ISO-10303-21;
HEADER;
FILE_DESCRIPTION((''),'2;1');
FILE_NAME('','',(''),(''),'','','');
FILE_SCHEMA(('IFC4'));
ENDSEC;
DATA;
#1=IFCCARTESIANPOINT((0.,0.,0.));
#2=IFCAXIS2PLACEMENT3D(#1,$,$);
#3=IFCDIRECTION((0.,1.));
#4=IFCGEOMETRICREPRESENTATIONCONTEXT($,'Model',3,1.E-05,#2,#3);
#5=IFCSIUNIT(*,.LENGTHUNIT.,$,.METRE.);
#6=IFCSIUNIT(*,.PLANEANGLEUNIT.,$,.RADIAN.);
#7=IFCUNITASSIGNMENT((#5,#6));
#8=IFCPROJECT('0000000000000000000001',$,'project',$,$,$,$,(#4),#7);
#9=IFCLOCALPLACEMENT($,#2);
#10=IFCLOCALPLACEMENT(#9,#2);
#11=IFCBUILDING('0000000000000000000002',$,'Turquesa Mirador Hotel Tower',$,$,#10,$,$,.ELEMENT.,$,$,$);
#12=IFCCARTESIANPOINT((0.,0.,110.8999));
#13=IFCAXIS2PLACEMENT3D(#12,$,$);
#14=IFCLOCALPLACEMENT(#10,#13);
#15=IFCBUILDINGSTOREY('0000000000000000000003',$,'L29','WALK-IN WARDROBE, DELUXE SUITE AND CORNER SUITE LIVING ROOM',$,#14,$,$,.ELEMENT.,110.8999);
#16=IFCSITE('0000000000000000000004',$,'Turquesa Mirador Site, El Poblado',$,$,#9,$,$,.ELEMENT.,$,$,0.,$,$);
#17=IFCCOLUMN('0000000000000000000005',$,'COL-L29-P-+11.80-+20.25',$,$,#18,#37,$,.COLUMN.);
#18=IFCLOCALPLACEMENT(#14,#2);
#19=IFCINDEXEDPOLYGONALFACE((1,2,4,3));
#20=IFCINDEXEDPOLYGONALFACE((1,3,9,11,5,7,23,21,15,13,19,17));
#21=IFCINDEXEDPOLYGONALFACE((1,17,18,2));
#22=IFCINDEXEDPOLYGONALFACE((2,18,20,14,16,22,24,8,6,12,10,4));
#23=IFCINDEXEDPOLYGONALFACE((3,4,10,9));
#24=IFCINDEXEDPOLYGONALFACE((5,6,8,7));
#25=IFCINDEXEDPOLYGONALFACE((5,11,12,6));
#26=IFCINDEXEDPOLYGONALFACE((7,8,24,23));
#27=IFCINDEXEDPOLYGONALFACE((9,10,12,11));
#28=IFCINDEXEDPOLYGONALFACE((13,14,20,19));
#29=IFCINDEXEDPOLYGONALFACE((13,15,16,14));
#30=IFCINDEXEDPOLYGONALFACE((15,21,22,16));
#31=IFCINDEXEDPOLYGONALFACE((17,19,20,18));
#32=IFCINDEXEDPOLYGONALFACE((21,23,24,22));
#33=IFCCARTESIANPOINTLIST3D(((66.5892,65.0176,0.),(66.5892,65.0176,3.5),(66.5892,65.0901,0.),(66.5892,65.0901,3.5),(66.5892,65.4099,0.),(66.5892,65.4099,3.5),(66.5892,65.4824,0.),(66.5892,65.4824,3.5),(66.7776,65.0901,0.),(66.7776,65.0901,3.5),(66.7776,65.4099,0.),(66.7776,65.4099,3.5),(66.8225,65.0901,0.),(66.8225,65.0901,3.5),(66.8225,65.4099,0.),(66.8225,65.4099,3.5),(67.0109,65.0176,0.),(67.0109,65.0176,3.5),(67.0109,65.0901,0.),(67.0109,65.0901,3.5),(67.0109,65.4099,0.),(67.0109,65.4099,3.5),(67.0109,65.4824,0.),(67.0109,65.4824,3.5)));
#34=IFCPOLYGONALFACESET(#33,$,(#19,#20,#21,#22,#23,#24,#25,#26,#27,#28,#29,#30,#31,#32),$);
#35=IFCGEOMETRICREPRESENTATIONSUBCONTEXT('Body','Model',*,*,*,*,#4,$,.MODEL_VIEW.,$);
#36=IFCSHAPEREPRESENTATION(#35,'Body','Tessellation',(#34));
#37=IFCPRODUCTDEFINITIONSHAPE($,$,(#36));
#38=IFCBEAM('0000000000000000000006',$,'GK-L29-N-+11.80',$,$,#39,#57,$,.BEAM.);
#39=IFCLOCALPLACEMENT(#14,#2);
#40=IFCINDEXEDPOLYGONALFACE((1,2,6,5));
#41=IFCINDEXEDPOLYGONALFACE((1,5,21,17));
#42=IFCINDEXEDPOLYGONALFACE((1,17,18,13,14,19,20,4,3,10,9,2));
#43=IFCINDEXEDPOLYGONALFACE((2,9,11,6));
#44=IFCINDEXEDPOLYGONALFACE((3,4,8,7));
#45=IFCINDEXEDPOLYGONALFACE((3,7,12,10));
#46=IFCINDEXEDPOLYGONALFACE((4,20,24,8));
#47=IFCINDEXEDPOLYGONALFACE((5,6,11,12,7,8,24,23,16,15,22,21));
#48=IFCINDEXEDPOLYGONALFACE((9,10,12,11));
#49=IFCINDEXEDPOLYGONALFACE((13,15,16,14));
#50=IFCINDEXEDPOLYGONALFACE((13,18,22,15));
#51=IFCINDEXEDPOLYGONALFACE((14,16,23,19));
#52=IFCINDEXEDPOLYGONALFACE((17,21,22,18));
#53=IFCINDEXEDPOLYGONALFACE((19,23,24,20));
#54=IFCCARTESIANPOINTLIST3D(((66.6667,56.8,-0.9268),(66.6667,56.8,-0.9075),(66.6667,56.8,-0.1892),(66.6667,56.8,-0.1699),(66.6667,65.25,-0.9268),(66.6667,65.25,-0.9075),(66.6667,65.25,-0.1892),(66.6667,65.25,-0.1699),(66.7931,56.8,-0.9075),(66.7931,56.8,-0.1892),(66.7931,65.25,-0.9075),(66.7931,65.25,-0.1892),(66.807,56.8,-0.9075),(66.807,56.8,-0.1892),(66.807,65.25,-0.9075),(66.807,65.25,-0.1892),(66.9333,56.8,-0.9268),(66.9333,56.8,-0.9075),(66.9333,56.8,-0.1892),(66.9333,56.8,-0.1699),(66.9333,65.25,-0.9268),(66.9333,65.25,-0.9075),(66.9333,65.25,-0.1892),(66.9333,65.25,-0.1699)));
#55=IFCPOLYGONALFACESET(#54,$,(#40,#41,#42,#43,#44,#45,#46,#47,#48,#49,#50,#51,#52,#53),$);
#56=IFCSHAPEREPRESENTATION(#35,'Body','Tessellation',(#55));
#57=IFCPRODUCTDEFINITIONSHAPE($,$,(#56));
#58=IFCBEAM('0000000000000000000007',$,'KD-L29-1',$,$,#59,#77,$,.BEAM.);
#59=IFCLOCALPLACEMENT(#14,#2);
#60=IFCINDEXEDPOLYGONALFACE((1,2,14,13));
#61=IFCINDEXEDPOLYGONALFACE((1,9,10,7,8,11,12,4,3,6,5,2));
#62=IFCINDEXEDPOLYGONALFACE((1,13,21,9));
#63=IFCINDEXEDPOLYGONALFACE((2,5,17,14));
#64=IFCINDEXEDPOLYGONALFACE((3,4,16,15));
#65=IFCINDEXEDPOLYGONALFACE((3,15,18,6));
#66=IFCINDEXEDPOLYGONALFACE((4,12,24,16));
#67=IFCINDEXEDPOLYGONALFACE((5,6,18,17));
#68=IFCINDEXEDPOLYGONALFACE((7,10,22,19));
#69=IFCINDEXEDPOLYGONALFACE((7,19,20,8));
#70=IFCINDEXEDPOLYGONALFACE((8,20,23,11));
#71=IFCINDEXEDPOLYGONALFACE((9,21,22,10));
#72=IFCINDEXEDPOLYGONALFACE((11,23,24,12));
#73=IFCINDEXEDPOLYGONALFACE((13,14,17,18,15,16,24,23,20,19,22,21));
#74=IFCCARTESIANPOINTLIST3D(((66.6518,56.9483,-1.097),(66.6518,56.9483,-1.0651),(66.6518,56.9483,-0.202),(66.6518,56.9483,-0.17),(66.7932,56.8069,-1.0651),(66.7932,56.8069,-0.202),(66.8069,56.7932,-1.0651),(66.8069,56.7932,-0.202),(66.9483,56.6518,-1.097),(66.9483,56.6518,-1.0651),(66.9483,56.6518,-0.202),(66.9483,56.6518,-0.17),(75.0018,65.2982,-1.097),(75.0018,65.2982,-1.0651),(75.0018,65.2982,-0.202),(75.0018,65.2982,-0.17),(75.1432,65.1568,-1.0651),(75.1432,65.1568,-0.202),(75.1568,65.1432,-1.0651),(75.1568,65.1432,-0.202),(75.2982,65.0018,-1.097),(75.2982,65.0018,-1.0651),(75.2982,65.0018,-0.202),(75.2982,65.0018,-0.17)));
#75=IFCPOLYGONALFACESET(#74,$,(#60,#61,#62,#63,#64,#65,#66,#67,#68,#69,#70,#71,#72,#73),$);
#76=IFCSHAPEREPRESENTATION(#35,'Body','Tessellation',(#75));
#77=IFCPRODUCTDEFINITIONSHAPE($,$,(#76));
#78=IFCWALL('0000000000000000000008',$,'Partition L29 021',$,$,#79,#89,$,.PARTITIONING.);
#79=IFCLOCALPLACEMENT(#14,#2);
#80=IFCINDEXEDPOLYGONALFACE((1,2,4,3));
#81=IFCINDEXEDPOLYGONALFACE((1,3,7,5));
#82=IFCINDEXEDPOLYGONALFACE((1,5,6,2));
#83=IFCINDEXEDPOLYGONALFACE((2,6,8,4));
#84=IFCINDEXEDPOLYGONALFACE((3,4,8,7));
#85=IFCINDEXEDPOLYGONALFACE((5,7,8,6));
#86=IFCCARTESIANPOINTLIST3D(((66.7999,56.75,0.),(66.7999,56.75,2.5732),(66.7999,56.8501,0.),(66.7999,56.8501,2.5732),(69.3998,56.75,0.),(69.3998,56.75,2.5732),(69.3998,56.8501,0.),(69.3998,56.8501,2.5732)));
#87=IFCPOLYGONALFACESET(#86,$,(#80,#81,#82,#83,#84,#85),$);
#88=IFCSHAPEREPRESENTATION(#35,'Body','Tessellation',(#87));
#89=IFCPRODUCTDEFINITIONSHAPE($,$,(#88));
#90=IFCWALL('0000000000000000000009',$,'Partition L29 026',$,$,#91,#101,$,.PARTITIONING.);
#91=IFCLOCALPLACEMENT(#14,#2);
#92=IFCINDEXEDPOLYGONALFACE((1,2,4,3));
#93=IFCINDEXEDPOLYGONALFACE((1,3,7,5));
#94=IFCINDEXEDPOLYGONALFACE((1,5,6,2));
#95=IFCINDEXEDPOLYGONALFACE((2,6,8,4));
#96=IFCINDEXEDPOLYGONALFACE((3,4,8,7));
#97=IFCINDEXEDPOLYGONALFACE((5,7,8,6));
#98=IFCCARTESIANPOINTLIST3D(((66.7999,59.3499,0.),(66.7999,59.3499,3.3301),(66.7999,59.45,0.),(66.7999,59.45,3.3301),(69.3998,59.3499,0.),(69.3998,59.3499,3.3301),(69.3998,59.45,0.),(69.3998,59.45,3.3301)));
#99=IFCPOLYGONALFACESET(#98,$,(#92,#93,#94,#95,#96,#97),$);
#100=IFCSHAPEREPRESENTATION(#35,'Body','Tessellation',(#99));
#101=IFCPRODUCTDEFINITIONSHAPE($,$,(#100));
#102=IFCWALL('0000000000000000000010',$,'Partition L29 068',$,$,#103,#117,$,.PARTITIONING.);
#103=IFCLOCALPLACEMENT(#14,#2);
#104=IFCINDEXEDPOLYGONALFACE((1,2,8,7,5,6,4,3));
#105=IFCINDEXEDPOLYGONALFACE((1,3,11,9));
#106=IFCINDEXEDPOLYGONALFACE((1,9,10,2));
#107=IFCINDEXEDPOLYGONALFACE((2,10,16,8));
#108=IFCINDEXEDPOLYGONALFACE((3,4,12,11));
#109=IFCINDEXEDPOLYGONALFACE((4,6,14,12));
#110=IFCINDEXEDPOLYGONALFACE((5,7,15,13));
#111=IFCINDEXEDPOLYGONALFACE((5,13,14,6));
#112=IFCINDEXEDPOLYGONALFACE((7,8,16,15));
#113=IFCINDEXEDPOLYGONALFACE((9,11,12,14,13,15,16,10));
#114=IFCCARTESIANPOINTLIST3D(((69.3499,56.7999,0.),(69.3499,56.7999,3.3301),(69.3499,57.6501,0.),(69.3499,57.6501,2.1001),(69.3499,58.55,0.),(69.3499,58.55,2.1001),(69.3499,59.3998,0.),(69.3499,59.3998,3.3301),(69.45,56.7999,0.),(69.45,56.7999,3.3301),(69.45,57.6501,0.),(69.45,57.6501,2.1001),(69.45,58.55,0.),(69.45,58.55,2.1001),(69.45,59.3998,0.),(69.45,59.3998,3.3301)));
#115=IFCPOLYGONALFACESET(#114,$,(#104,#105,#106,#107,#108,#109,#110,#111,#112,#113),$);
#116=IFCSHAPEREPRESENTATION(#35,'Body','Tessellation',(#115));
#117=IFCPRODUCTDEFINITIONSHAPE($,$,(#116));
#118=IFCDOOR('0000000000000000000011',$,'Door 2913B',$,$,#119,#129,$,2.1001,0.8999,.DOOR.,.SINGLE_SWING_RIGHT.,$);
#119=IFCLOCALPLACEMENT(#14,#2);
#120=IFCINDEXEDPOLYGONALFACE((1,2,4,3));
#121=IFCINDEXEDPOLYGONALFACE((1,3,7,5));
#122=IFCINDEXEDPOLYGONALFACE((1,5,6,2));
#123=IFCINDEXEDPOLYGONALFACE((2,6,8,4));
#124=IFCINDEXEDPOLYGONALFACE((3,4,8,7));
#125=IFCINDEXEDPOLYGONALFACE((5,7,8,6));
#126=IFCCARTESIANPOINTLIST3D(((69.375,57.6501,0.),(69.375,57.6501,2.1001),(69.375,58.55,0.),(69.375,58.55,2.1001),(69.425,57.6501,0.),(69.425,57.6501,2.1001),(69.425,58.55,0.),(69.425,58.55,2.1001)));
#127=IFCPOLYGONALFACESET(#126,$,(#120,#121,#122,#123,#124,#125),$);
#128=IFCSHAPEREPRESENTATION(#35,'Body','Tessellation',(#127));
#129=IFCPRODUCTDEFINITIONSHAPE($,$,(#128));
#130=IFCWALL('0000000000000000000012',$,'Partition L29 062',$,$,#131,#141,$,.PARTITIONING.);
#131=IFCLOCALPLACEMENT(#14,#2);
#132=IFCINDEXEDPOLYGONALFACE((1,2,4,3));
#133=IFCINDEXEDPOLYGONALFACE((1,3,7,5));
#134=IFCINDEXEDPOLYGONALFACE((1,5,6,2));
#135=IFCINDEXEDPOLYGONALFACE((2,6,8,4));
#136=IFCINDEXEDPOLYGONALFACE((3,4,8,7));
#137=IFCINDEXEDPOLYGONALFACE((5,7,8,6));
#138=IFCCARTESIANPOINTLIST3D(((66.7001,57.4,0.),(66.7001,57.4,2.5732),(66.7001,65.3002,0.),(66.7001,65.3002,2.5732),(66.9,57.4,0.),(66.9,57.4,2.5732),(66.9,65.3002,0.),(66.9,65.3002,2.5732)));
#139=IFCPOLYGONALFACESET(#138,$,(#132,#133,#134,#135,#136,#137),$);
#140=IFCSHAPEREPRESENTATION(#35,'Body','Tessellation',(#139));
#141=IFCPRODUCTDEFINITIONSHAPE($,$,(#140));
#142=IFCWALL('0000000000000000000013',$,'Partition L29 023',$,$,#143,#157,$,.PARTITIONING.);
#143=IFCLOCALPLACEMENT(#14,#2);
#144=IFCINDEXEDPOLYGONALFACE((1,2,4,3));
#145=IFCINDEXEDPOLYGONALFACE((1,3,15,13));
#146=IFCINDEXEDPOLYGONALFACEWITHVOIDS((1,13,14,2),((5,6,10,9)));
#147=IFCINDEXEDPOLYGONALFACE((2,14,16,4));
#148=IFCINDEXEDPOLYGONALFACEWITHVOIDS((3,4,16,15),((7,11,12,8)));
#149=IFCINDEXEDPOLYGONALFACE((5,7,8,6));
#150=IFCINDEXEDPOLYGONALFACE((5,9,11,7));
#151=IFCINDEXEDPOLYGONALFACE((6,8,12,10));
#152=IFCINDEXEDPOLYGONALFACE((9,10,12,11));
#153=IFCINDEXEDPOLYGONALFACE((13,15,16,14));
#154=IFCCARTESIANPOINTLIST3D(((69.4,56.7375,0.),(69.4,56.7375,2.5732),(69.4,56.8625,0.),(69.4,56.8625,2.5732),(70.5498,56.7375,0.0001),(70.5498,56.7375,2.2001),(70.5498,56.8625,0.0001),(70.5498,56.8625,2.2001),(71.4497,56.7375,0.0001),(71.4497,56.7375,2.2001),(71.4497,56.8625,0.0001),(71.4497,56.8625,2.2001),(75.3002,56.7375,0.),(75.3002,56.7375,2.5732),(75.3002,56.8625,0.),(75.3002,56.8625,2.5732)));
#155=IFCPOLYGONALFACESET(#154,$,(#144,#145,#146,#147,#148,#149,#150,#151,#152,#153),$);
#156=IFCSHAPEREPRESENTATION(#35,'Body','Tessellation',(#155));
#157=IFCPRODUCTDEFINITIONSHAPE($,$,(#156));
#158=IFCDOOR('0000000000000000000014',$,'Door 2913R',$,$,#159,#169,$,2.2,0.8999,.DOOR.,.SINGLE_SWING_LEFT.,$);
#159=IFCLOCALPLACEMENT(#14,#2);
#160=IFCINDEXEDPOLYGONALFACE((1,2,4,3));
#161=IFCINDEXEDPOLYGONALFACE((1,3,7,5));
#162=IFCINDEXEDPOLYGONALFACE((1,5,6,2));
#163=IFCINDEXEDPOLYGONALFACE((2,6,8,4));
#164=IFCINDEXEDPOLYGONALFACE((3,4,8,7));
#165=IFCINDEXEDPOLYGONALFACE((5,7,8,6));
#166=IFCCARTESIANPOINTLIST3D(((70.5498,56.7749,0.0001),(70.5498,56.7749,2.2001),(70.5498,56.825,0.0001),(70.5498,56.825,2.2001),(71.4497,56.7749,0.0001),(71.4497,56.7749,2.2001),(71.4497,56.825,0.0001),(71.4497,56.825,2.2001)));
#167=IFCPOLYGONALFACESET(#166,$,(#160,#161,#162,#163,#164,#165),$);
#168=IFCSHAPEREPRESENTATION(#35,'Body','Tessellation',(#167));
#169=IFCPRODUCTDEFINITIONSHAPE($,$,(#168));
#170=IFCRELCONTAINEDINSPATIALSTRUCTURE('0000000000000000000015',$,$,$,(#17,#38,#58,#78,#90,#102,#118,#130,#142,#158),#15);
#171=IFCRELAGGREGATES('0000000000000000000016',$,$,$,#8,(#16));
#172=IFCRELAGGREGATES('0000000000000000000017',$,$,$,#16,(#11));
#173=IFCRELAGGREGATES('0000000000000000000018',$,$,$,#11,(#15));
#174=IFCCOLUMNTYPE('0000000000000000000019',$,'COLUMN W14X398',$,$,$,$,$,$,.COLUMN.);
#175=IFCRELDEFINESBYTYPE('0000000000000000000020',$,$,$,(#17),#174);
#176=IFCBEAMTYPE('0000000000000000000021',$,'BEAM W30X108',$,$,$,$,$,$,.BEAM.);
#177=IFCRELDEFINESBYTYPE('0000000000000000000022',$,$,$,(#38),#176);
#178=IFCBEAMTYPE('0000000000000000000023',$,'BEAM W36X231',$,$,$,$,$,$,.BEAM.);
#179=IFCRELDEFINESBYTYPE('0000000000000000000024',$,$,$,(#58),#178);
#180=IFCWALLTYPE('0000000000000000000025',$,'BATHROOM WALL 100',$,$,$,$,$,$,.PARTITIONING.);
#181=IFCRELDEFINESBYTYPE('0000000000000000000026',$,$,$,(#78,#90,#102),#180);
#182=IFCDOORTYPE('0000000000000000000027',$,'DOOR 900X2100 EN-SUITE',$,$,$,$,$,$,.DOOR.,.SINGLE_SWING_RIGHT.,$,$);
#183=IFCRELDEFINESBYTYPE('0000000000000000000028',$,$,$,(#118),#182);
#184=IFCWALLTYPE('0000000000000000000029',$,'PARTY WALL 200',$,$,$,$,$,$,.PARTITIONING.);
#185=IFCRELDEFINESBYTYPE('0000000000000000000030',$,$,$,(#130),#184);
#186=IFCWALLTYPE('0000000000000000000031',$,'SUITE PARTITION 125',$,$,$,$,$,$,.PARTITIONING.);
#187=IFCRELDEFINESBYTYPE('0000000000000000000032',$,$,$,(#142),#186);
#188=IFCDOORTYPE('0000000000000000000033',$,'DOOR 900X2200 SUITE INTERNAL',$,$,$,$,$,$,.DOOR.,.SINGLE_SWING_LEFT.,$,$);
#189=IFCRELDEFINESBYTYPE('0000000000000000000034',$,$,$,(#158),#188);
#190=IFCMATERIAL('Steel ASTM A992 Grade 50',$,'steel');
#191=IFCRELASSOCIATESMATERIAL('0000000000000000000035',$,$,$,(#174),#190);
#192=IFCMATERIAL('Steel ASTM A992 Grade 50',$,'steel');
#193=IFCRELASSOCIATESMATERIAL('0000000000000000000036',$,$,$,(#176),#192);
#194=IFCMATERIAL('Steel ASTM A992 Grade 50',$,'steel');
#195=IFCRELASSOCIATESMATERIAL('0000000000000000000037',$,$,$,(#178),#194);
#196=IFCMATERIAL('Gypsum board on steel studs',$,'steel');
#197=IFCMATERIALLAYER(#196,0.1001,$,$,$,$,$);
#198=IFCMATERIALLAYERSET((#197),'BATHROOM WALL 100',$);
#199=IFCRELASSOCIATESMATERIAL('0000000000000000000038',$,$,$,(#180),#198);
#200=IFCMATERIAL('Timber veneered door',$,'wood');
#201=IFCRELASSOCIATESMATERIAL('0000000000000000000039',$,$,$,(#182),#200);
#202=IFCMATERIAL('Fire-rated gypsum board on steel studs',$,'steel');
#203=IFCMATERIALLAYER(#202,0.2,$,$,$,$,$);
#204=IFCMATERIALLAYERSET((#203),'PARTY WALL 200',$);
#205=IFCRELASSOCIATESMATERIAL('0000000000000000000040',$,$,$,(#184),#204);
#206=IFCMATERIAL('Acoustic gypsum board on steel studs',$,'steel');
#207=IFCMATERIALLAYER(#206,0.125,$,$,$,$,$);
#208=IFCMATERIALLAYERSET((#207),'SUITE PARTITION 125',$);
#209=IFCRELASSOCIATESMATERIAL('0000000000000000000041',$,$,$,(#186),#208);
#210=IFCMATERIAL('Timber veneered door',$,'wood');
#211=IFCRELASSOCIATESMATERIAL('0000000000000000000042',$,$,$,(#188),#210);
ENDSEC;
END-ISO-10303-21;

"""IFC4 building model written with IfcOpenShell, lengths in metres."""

from ifc_helpers import new_model, si_unit, direction, frame, frame_2d, origin, origin_2d, place, context, subcontext, project, spatial, rectangle, i_section, extrude, material, layer, layer_set, material_profile, profile_set, type_object, element, fill, save


model = new_model("IFC4")

# Units and contexts
model_context = context("Model", 3, precision=1e-05, world=origin(), true_north=direction((0.0, 1.0)))
body_context = subcontext(model_context, "Body", "Model", "MODEL_VIEW")
ifc_project = project(units=[si_unit("LENGTHUNIT", "METRE"), si_unit("PLANEANGLEUNIT", "RADIAN")], contexts=[model_context])

# Site, building, storey
site_placement = place(None, origin())
site = spatial("IfcSite", under=ifc_project, at=site_placement, Name="Turquesa Mirador Site, El Poblado", CompositionType="ELEMENT", RefElevation=0.0)
building_placement = place(site_placement, origin())
building = spatial("IfcBuilding", under=site, at=building_placement, Name="Turquesa Mirador Hotel Tower", CompositionType="ELEMENT")
storey_placement = place(building_placement, frame((0.0, 0.0, 110.8999)))
storey = spatial("IfcBuildingStorey", under=building, at=storey_placement, Name="L29", Description="WALK-IN WARDROBE, DELUXE SUITE AND CORNER SUITE LIVING ROOM", CompositionType="ELEMENT", Elevation=110.8999)

# Column
ifc_material_1 = material(Name="Steel ASTM A992 Grade 50", Category="steel")
ifc_material_profile_1 = material_profile(ifc_material_1, i_section(OverallWidth=0.4216, OverallDepth=0.4648, WebThickness=0.0449, FlangeThickness=0.0725, at=origin_2d()), Name="W14X398")
ifc_profile_set_1 = profile_set([ifc_material_profile_1], Name="Steel ASTM A992 Grade 50")
column_type = type_object("IfcColumnType", Name="COLUMN W14X398", PredefinedType="COLUMN", material=ifc_profile_set_1)
column_placement = place(storey_placement, frame((66.8, 65.25, 0.0), z_axis=(0.0, 0.0, 1.0), x_axis=(1.0, 0.0, 0.0)))
element("IfcColumn", 1, at=column_placement, inside=storey, type_object=column_type, Name="COL-L29-P-+11.80-+20.25", PredefinedType="COLUMN", context=body_context, shape_type="SweptSolid", body=[
    extrude(i_section(OverallWidth=0.4216, OverallDepth=0.4648, WebThickness=0.0449, FlangeThickness=0.0725, at=origin_2d()), origin(), (0.0, 0.0, 1.0), 3.5),
])

# Beams
ifc_material_2 = material(Name="Steel ASTM A992 Grade 50", Category="steel")
ifc_material_profile_2 = material_profile(ifc_material_2, i_section(OverallWidth=0.2666, OverallDepth=0.7568, WebThickness=0.0139, FlangeThickness=0.0193, at=origin_2d()), Name="W30X108")
ifc_profile_set_2 = profile_set([ifc_material_profile_2], Name="Steel ASTM A992 Grade 50")
beam_type_1 = type_object("IfcBeamType", Name="BEAM W30X108", PredefinedType="BEAM", material=ifc_profile_set_2)
beam_1_placement = place(storey_placement, frame((66.8, 65.25, -0.5483), z_axis=(0.0, -1.0, 0.0), x_axis=(1.0, 0.0, 0.0)))
element("IfcBeam", 2, at=beam_1_placement, inside=storey, type_object=beam_type_1, Name="GK-L29-N-+11.80", PredefinedType="BEAM", context=body_context, shape_type="SweptSolid", body=[
    extrude(i_section(OverallWidth=0.2666, OverallDepth=0.7568, WebThickness=0.0139, FlangeThickness=0.0193, at=origin_2d()), origin(), (0.0, 0.0, 1.0), 8.45),
])
ifc_material_3 = material(Name="Steel ASTM A992 Grade 50", Category="steel")
ifc_material_profile_3 = material_profile(ifc_material_3, i_section(OverallWidth=0.4192, OverallDepth=0.927, WebThickness=0.0193, FlangeThickness=0.032, at=origin_2d()), Name="W36X231")
ifc_profile_set_3 = profile_set([ifc_material_profile_3], Name="Steel ASTM A992 Grade 50")
beam_type_2 = type_object("IfcBeamType", Name="BEAM W36X231", PredefinedType="BEAM", material=ifc_profile_set_3)
beam_2_placement = place(storey_placement, frame((66.8, 56.8, -0.6335), z_axis=(0.707107, 0.707107, 0.0), x_axis=(-0.707107, 0.707107, 0.0)))
element("IfcBeam", 3, at=beam_2_placement, inside=storey, type_object=beam_type_2, Name="KD-L29-1", PredefinedType="BEAM", context=body_context, shape_type="SweptSolid", body=[
    extrude(i_section(OverallWidth=0.4192, OverallDepth=0.927, WebThickness=0.0193, FlangeThickness=0.032, at=origin_2d()), origin(), (0.0, 0.0, 1.0), 11.8086),
])

# Walls
ifc_material_4 = material(Name="Gypsum board on steel studs", Category="steel")
ifc_layer_1 = layer(ifc_material_4, 0.1001)
ifc_layer_set_1 = layer_set([ifc_layer_1], Name="BATHROOM WALL 100")
wall_type_1 = type_object("IfcWallType", Name="BATHROOM WALL 100", PredefinedType="PARTITIONING", material=ifc_layer_set_1)
wall_1_placement = place(storey_placement, frame((66.8, 56.8, 0.0), z_axis=(0.0, 0.0, 1.0), x_axis=(1.0, 0.0, 0.0)))
element("IfcWall", 4, at=wall_1_placement, inside=storey, type_object=wall_type_1, Name="Partition L29 021", PredefinedType="PARTITIONING", context=body_context, shape_type="SweptSolid", body=[
    extrude(rectangle(XDim=2.5999, YDim=0.1001, at=frame_2d((1.2998, 0.0))), origin(), (0.0, 0.0, 1.0), 2.5732),
])
wall_2_placement = place(storey_placement, frame((66.8, 59.3999, 0.0), z_axis=(0.0, 0.0, 1.0), x_axis=(1.0, 0.0, 0.0)))
element("IfcWall", 5, at=wall_2_placement, inside=storey, type_object=wall_type_1, Name="Partition L29 026", PredefinedType="PARTITIONING", context=body_context, shape_type="SweptSolid", body=[
    extrude(rectangle(XDim=2.5999, YDim=0.1001, at=frame_2d((1.2998, 0.0))), origin(), (0.0, 0.0, 1.0), 3.3301),
])

# Wall, opening, door
wall_3_placement = place(storey_placement, frame((69.3999, 56.8, 0.0), z_axis=(0.0, 0.0, 1.0), x_axis=(0.0, 1.0, 0.0)))
wall_3 = element("IfcWall", 6, at=wall_3_placement, inside=storey, type_object=wall_type_1, Name="Partition L29 068", PredefinedType="PARTITIONING", context=body_context, shape_type="SweptSolid", body=[
    extrude(rectangle(XDim=2.5999, YDim=0.1001, at=frame_2d((1.2998, 0.0))), origin(), (0.0, 0.0, 1.0), 3.3301),
])
opening_1_placement = place(wall_3_placement, frame((0.8501, 0.0, 0.0)))
opening_1 = element("IfcOpeningElement", 7, at=opening_1_placement, cuts=wall_3, PredefinedType="OPENING", context=body_context, shape_type="SweptSolid", body=[
    extrude(rectangle(XDim=0.8999, YDim=2.1001, at=frame_2d((0.45, 1.05))), frame((0.0, 0.0601, 0.0), z_axis=(0.0, -1.0, 0.0), x_axis=(1.0, 0.0, 0.0)), (0.0, 0.0, 1.0), 0.1201),
])
ifc_material_5 = material(Name="Timber veneered door", Category="wood")
door_type_1 = type_object("IfcDoorType", Name="DOOR 900X2100 EN-SUITE", OperationType="SINGLE_SWING_RIGHT", PredefinedType="DOOR", material=ifc_material_5)
door_1_placement = place(opening_1_placement, origin())
door_1 = element("IfcDoor", 8, at=door_1_placement, inside=storey, type_object=door_type_1, Name="Door 2913B", OperationType="SINGLE_SWING_RIGHT", OverallHeight=2.1001, OverallWidth=0.8999, PredefinedType="DOOR", context=body_context, shape_type="SweptSolid", body=[
    extrude(rectangle(XDim=0.8999, YDim=2.1001, at=frame_2d((0.45, 1.05))), frame((0.0, 0.0249, 0.0), z_axis=(0.0, -1.0, 0.0), x_axis=(1.0, 0.0, 0.0)), (0.0, 0.0, 1.0), 0.05),
])
fill(opening_1, door_1)

# Wall
ifc_material_6 = material(Name="Fire-rated gypsum board on steel studs", Category="steel")
ifc_layer_2 = layer(ifc_material_6, 0.2)
ifc_layer_set_2 = layer_set([ifc_layer_2], Name="PARTY WALL 200")
wall_type_2 = type_object("IfcWallType", Name="PARTY WALL 200", PredefinedType="PARTITIONING", material=ifc_layer_set_2)
wall_4_placement = place(storey_placement, frame((66.8, 57.3999, 0.0), z_axis=(0.0, 0.0, 1.0), x_axis=(0.0, 1.0, 0.0)))
element("IfcWall", 9, at=wall_4_placement, inside=storey, type_object=wall_type_2, Name="Partition L29 062", PredefinedType="PARTITIONING", context=body_context, shape_type="SweptSolid", body=[
    extrude(rectangle(XDim=7.9001, YDim=0.2, at=frame_2d((3.9502, 0.0))), origin(), (0.0, 0.0, 1.0), 2.5732),
])

# Wall, opening, door
ifc_material_7 = material(Name="Acoustic gypsum board on steel studs", Category="steel")
ifc_layer_3 = layer(ifc_material_7, 0.125)
ifc_layer_set_3 = layer_set([ifc_layer_3], Name="SUITE PARTITION 125")
wall_type_3 = type_object("IfcWallType", Name="SUITE PARTITION 125", PredefinedType="PARTITIONING", material=ifc_layer_set_3)
wall_5_placement = place(storey_placement, frame((69.3999, 56.8, 0.0), z_axis=(0.0, 0.0, 1.0), x_axis=(1.0, 0.0, 0.0)))
wall_5 = element("IfcWall", 10, at=wall_5_placement, inside=storey, type_object=wall_type_3, Name="Partition L29 023", PredefinedType="PARTITIONING", context=body_context, shape_type="SweptSolid", body=[
    extrude(rectangle(XDim=5.9001, YDim=0.125, at=frame_2d((2.9502, 0.0))), origin(), (0.0, 0.0, 1.0), 2.5732),
])
opening_2_placement = place(wall_5_placement, frame((1.1499, 0.0, 0.0)))
opening_2 = element("IfcOpeningElement", 11, at=opening_2_placement, cuts=wall_5, PredefinedType="OPENING", context=body_context, shape_type="SweptSolid", body=[
    extrude(rectangle(XDim=0.8999, YDim=2.2, at=frame_2d((0.45, 1.1001))), frame((0.0, 0.0725, 0.0), z_axis=(0.0, -1.0, 0.0), x_axis=(1.0, 0.0, 0.0)), (0.0, 0.0, 1.0), 0.145),
])
ifc_material_8 = material(Name="Timber veneered door", Category="wood")
door_type_2 = type_object("IfcDoorType", Name="DOOR 900X2200 SUITE INTERNAL", OperationType="SINGLE_SWING_LEFT", PredefinedType="DOOR", material=ifc_material_8)
door_2_placement = place(opening_2_placement, origin())
door_2 = element("IfcDoor", 12, at=door_2_placement, inside=storey, type_object=door_type_2, Name="Door 2913R", OperationType="SINGLE_SWING_LEFT", OverallHeight=2.2, OverallWidth=0.8999, PredefinedType="DOOR", context=body_context, shape_type="SweptSolid", body=[
    extrude(rectangle(XDim=0.8999, YDim=2.2, at=frame_2d((0.45, 1.1001))), frame((0.0, 0.0249, 0.0), z_axis=(0.0, -1.0, 0.0), x_axis=(1.0, 0.0, 0.0)), (0.0, 0.0, 1.0), 0.05),
])
fill(opening_2, door_2)

save(model, "model.ifc")
